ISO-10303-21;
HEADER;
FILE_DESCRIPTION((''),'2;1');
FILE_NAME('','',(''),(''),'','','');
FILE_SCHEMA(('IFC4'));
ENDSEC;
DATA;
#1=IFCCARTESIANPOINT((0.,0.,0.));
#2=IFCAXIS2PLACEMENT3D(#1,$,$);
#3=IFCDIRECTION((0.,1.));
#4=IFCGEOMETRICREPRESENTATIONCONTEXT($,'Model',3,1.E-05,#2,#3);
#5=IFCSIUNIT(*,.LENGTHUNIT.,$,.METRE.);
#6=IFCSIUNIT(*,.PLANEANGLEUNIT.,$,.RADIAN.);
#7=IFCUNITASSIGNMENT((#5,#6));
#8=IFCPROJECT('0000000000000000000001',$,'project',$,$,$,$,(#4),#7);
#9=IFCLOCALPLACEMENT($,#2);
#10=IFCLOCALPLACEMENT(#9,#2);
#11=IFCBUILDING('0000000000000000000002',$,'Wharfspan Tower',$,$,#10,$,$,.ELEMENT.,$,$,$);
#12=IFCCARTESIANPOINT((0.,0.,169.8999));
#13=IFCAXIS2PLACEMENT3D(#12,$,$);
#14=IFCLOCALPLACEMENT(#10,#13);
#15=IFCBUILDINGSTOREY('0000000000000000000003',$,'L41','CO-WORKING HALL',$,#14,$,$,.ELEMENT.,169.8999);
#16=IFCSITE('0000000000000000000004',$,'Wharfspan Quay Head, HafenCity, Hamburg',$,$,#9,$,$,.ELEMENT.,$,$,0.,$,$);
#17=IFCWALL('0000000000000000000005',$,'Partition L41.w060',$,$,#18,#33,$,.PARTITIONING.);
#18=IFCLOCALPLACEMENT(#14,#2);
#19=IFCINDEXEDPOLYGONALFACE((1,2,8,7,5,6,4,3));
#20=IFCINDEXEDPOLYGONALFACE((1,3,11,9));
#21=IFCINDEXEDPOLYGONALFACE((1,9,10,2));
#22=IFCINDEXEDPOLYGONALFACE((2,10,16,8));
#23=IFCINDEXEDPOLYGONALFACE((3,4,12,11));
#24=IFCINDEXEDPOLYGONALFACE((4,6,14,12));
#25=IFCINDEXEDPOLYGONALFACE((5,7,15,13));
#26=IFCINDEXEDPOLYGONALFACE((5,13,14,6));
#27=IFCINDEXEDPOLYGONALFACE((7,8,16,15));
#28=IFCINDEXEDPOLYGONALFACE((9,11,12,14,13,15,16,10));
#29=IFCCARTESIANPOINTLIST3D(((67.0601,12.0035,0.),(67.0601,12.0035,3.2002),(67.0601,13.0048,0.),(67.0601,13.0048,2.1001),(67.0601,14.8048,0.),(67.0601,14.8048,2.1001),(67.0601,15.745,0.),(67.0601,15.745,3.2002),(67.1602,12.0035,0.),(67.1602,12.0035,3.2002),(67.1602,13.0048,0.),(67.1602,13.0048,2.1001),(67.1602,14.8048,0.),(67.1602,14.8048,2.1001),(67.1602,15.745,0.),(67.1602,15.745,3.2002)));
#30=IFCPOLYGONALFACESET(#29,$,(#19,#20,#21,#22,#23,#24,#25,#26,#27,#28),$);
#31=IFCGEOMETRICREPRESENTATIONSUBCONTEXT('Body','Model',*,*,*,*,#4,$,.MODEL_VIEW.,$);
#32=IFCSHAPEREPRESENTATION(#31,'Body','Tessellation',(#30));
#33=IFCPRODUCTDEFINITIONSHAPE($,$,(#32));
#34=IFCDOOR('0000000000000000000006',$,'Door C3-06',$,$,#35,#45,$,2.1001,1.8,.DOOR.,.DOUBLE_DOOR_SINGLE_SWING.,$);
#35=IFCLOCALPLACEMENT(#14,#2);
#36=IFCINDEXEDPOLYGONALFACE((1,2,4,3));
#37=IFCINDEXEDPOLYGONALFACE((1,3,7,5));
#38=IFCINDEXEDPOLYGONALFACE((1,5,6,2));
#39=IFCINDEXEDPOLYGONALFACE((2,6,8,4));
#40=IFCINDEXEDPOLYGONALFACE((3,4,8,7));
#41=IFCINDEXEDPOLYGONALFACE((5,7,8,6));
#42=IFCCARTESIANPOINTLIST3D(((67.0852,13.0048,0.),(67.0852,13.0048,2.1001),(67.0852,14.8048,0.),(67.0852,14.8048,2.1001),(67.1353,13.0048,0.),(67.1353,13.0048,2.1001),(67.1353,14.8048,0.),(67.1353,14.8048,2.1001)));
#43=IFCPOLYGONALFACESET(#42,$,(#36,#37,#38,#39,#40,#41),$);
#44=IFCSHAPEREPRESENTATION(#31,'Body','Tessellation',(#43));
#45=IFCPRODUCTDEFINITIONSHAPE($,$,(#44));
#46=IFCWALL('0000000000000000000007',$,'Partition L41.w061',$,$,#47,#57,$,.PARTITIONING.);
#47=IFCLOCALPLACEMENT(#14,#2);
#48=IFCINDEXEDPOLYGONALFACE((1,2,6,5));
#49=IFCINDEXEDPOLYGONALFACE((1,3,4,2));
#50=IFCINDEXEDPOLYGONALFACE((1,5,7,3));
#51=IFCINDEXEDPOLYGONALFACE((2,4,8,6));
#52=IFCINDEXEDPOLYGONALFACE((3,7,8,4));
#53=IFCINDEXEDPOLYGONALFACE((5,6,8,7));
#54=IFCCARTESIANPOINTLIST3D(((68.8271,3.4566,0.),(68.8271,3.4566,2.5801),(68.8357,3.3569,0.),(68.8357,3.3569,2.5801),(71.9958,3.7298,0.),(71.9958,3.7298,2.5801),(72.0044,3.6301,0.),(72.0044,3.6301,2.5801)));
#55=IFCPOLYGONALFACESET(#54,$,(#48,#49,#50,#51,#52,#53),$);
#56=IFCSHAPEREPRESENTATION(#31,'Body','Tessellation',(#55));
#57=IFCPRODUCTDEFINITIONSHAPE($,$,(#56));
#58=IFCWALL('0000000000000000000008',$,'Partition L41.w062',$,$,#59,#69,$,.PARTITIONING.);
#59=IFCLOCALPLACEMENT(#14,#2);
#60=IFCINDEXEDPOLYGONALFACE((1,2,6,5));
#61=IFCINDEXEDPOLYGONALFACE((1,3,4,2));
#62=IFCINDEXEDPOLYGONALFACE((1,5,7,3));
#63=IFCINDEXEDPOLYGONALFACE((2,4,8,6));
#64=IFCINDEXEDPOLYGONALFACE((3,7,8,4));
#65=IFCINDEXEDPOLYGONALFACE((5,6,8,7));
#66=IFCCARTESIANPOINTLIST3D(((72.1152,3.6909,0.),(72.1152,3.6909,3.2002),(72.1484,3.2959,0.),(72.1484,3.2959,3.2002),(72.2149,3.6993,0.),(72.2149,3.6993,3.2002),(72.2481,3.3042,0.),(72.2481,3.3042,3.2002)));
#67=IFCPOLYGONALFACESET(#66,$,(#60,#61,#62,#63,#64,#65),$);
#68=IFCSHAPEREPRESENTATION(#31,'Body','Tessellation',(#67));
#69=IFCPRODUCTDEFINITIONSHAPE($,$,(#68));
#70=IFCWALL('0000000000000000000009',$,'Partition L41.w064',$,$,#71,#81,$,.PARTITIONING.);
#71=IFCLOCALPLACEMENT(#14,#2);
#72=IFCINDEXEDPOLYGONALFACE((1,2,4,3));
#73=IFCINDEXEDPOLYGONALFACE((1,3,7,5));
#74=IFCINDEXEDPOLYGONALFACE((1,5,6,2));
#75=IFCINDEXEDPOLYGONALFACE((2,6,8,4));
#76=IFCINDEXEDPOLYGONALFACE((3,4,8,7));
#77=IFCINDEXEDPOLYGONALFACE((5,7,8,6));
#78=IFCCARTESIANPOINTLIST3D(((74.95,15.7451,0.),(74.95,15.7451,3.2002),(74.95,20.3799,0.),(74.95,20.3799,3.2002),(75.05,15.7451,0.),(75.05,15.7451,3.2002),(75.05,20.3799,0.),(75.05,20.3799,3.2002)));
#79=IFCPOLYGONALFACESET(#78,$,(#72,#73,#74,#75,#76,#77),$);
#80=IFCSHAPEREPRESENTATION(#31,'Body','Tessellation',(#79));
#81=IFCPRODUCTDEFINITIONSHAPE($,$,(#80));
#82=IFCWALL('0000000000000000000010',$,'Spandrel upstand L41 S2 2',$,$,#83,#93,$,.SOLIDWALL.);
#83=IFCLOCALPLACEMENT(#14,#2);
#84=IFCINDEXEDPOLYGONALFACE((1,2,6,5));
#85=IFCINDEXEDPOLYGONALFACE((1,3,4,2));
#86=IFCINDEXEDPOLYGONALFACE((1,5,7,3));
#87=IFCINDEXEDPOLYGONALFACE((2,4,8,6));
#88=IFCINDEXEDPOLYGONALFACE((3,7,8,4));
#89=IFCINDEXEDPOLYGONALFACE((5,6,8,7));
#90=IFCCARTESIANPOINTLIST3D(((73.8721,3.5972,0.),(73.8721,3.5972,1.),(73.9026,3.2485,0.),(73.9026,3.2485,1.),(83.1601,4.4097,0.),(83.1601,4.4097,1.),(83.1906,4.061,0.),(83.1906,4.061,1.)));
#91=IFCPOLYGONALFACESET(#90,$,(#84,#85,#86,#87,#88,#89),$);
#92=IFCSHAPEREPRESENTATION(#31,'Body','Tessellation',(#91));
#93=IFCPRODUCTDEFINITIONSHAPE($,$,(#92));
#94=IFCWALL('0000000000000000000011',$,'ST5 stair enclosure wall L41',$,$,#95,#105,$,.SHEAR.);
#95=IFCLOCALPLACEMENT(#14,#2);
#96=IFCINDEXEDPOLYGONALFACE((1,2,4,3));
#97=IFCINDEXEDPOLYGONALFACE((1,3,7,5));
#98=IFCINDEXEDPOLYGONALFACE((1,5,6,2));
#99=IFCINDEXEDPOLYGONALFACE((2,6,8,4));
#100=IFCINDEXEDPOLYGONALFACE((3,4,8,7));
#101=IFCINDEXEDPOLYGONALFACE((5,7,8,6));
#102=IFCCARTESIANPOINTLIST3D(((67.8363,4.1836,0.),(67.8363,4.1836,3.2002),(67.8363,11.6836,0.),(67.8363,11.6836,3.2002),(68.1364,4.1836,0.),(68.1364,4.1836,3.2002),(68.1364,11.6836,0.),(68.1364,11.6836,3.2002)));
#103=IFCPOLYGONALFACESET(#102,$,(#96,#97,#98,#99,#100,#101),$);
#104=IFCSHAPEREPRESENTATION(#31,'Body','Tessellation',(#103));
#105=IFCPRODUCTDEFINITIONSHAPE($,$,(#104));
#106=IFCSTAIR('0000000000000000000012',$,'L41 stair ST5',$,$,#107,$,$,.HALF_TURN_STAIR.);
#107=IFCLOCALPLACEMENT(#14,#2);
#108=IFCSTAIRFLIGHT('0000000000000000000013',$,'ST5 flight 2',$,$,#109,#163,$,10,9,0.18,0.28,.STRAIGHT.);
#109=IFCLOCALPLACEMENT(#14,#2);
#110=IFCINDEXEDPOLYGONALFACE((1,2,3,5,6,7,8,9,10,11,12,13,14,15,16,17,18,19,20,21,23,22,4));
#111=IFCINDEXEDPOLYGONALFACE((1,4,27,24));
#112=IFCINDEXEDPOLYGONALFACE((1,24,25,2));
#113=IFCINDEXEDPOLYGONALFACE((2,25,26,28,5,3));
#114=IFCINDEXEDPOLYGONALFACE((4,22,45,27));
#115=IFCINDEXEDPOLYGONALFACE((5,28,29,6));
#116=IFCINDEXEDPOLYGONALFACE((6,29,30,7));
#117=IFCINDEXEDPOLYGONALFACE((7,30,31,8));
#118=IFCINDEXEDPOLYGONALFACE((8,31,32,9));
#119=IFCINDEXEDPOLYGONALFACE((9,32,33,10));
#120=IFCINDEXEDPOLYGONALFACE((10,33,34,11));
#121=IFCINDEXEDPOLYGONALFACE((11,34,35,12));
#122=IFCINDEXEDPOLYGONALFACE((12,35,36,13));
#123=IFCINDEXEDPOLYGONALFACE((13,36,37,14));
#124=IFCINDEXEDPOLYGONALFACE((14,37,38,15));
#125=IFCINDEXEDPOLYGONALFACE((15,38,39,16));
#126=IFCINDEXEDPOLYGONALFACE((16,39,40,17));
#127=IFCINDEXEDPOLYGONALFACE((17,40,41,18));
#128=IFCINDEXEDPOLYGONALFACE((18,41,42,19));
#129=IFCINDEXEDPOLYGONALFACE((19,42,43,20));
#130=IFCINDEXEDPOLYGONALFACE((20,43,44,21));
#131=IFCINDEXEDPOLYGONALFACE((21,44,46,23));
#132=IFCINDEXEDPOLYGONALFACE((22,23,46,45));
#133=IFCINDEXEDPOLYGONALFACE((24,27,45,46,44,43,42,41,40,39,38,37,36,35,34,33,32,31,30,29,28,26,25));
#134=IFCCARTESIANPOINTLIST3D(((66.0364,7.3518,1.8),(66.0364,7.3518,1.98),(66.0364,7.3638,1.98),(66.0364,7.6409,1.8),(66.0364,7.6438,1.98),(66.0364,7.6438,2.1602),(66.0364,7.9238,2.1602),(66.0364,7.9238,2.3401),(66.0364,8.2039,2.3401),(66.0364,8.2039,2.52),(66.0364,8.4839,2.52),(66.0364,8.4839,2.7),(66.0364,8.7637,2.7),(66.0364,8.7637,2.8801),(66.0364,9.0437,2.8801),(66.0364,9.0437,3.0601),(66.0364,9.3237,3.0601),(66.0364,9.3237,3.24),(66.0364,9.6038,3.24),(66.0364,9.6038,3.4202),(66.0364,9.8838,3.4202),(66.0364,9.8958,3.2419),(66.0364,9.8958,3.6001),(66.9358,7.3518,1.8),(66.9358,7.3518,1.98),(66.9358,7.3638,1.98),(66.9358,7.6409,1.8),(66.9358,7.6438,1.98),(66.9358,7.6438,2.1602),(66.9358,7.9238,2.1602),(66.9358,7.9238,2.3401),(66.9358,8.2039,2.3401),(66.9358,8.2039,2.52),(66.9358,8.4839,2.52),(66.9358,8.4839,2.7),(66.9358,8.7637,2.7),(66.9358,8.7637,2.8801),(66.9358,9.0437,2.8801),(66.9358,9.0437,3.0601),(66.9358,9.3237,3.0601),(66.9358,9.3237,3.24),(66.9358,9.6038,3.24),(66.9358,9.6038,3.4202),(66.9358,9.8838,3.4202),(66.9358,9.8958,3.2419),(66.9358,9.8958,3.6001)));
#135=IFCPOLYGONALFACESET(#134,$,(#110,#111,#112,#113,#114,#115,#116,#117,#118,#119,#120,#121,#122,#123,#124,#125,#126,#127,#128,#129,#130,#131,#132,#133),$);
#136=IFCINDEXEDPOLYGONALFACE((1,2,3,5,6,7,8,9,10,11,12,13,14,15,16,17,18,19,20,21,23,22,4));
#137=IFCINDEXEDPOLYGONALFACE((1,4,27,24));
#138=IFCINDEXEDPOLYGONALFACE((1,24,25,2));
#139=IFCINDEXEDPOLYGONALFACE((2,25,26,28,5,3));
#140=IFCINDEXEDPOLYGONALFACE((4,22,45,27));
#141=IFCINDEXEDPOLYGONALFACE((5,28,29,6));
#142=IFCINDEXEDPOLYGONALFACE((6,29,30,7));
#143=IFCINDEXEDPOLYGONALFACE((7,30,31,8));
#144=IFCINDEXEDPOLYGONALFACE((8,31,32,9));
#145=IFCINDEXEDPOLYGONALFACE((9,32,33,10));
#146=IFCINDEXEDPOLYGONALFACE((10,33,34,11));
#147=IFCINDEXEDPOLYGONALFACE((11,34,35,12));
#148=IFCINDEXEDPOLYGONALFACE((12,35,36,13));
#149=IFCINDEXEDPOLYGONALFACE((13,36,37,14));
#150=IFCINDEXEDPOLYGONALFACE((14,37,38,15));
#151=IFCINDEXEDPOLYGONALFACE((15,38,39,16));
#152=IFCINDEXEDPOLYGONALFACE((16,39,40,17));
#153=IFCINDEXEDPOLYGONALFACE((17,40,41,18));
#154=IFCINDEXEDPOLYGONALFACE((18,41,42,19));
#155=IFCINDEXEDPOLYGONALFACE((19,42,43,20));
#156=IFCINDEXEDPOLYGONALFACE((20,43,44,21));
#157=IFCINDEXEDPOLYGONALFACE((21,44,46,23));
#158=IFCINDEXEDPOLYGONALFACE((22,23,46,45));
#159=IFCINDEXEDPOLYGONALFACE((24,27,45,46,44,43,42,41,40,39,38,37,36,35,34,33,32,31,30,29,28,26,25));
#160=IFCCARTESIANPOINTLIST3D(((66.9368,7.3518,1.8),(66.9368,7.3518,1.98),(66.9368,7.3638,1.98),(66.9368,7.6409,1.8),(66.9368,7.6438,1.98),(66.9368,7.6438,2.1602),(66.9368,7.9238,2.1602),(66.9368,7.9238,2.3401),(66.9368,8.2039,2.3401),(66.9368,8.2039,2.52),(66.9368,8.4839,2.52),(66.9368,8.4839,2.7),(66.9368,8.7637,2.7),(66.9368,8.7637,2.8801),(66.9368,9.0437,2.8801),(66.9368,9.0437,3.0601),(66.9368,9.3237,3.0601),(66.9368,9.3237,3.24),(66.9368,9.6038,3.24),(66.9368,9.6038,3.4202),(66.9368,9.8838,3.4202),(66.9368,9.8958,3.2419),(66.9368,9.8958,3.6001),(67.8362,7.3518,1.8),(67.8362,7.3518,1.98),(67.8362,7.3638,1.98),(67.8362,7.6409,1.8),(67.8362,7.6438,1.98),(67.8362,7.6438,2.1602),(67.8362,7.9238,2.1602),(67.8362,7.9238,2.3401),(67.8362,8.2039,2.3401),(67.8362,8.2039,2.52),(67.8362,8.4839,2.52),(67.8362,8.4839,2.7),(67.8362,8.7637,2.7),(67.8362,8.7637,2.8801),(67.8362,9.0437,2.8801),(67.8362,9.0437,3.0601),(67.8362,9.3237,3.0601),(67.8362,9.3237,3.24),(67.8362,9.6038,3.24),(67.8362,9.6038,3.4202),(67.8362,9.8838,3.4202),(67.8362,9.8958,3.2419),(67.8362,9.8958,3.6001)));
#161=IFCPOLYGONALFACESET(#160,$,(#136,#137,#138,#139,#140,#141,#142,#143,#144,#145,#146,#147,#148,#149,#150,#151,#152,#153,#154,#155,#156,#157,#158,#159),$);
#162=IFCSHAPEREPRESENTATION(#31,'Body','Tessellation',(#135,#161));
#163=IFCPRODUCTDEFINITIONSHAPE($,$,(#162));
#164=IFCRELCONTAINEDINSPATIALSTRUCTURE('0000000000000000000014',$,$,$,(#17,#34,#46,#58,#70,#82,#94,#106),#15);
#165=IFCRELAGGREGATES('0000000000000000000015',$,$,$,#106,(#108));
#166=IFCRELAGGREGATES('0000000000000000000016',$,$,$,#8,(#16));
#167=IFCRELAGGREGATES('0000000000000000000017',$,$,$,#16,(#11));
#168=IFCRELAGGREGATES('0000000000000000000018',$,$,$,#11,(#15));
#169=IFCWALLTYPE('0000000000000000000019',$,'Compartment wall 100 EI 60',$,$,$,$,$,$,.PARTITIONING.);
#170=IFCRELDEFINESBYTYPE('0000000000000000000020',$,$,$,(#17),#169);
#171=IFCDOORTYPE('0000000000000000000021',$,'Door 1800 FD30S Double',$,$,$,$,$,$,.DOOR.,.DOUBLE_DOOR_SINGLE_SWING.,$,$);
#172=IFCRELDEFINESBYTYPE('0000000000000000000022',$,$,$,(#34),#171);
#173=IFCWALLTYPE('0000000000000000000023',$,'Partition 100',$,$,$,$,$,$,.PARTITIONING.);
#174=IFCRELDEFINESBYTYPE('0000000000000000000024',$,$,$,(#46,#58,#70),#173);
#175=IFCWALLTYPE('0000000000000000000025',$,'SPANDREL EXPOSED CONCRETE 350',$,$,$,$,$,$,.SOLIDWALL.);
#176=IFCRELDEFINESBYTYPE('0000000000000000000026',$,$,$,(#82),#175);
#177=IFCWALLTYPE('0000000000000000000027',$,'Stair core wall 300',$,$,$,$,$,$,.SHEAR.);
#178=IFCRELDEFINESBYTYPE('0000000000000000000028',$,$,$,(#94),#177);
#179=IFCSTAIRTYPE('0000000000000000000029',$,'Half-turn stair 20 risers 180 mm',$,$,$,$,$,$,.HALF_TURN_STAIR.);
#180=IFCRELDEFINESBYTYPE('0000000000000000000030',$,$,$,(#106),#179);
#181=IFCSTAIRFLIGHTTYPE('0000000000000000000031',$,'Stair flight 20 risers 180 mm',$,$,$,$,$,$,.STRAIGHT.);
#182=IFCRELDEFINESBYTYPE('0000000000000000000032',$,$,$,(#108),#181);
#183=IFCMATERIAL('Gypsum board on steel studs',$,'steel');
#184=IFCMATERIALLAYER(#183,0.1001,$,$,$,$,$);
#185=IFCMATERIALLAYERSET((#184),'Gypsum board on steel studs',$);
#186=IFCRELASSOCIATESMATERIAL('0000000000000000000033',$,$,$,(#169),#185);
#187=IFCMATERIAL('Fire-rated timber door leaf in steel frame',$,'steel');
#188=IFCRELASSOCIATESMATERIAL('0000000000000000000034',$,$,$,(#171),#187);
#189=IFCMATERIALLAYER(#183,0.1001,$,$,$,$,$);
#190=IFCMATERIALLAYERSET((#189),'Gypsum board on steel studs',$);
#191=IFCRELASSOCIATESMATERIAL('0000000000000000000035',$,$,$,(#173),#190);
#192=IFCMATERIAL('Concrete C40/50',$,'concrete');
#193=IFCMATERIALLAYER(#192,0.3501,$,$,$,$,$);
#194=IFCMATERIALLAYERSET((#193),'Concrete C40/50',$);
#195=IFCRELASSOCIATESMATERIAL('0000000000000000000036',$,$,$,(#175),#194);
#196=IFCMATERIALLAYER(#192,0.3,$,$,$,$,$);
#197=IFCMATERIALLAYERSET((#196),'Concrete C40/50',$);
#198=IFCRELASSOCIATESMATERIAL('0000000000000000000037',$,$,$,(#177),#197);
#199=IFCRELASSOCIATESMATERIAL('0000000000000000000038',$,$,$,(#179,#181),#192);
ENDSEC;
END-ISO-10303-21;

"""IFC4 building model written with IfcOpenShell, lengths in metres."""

from ifc_helpers import new_model, si_unit, direction, frame, frame_2d, origin, place, context, subcontext, project, spatial, polyline, rectangle, outline, extrude, material, layer, layer_set, type_object, element, fill, aggregate, save


model = new_model("IFC4")

# Units and contexts
model_context = context("Model", 3, precision=1e-05, world=origin(), true_north=direction((0.0, 1.0)))
body_context = subcontext(model_context, "Body", "Model", "MODEL_VIEW")
ifc_project = project(units=[si_unit("LENGTHUNIT", "METRE"), si_unit("PLANEANGLEUNIT", "RADIAN")], contexts=[model_context])

# Site, building, storey
site_placement = place(None, origin())
site = spatial("IfcSite", under=ifc_project, at=site_placement, Name="Wharfspan Quay Head, HafenCity, Hamburg", CompositionType="ELEMENT", RefElevation=0.0)
building_placement = place(site_placement, origin())
building = spatial("IfcBuilding", under=site, at=building_placement, Name="Wharfspan Tower", CompositionType="ELEMENT")
storey_placement = place(building_placement, frame((0.0, 0.0, 169.8999)))
storey = spatial("IfcBuildingStorey", under=building, at=storey_placement, Name="L41", Description="CO-WORKING HALL", CompositionType="ELEMENT", Elevation=169.8999)

# Shared definitions
ifc_material_1 = material(Name="Gypsum board on steel studs", Category="steel")
ifc_layer_1 = layer(ifc_material_1, 0.1001)
ifc_layer_set_1 = layer_set([ifc_layer_1], Name="Gypsum board on steel studs")
wall_type_1 = type_object("IfcWallType", Name="Compartment wall 100 EI 60", PredefinedType="PARTITIONING", material=ifc_layer_set_1)
ifc_material_2 = material(Name="Fire-rated timber door leaf in steel frame", Category="steel")

# Wall, opening, door
wall_1_placement = place(storey_placement, frame((67.1101, 12.0037, 0.0), z_axis=(0.0, 0.0, 1.0), x_axis=(0.0, 1.0, 0.0)))
wall_1 = element("IfcWall", 1, at=wall_1_placement, inside=storey, type_object=wall_type_1, Name="Partition L41.w060", PredefinedType="PARTITIONING", context=body_context, shape_type="SweptSolid", body=[
    extrude(rectangle(XDim=3.7415, YDim=0.1001, at=frame_2d((1.8706, 0.0))), origin(), (0.0, 0.0, 1.0), 3.2002),
])
opening_1_placement = place(wall_1_placement, frame((1.0012, 0.0, 0.0)))
opening_1 = element("IfcOpeningElement", 2, at=opening_1_placement, cuts=wall_1, PredefinedType="OPENING", context=body_context, shape_type="SweptSolid", body=[
    extrude(rectangle(XDim=1.8, YDim=2.1001, at=frame_2d((0.8999, 1.05))), frame((0.0, 0.0601, 0.0), z_axis=(0.0, -1.0, 0.0), x_axis=(1.0, 0.0, 0.0)), (0.0, 0.0, 1.0), 0.1201),
])
door_type_1 = type_object("IfcDoorType", Name="Door 1800 FD30S Double", OperationType="DOUBLE_DOOR_SINGLE_SWING", PredefinedType="DOOR", material=ifc_material_2)
door_1_placement = place(opening_1_placement, origin())
door_1 = element("IfcDoor", 3, at=door_1_placement, inside=storey, type_object=door_type_1, Name="Door C3-06", OperationType="DOUBLE_DOOR_SINGLE_SWING", OverallHeight=2.1001, OverallWidth=1.8, PredefinedType="DOOR", context=body_context, shape_type="SweptSolid", body=[
    extrude(rectangle(XDim=1.8, YDim=2.1001, at=frame_2d((0.8999, 1.05))), frame((0.0, 0.0249, 0.0), z_axis=(0.0, -1.0, 0.0), x_axis=(1.0, 0.0, 0.0)), (0.0, 0.0, 1.0), 0.05),
])
fill(opening_1, door_1)

# Walls
ifc_layer_2 = layer(ifc_material_1, 0.1001)
ifc_layer_set_2 = layer_set([ifc_layer_2], Name="Gypsum board on steel studs")
wall_type_2 = type_object("IfcWallType", Name="Partition 100", PredefinedType="PARTITIONING", material=ifc_layer_set_2)
wall_2_placement = place(storey_placement, frame((68.8313, 3.4067, 0.0), z_axis=(0.0, 0.0, 1.0), x_axis=(0.996308, 0.085898, 0.0)))
element("IfcWall", 4, at=wall_2_placement, inside=storey, type_object=wall_type_2, Name="Partition L41.w061", PredefinedType="PARTITIONING", context=body_context, shape_type="SweptSolid", body=[
    extrude(rectangle(XDim=3.1804, YDim=0.1001, at=frame_2d((1.5903, 0.0))), origin(), (0.0, 0.0, 1.0), 2.5801),
])
wall_3_placement = place(storey_placement, frame((72.1982, 3.3, 0.0), z_axis=(0.0, 0.0, 1.0), x_axis=(-0.083759, 0.996486, 0.0)))
element("IfcWall", 5, at=wall_3_placement, inside=storey, type_object=wall_type_2, Name="Partition L41.w062", PredefinedType="PARTITIONING", context=body_context, shape_type="SweptSolid", body=[
    extrude(rectangle(XDim=0.3965, YDim=0.1001, at=frame_2d((0.1982, 0.0))), origin(), (0.0, 0.0, 1.0), 3.2002),
])
wall_4_placement = place(storey_placement, frame((75.0, 15.7451, 0.0), z_axis=(0.0, 0.0, 1.0), x_axis=(0.0, 1.0, 0.0)))
element("IfcWall", 6, at=wall_4_placement, inside=storey, type_object=wall_type_2, Name="Partition L41.w064", PredefinedType="PARTITIONING", context=body_context, shape_type="SweptSolid", body=[
    extrude(rectangle(XDim=4.6348, YDim=0.1001, at=frame_2d((2.3174, 0.0))), origin(), (0.0, 0.0, 1.0), 3.2002),
])
ifc_material_3 = material(Name="Concrete C40/50", Category="concrete")
ifc_layer_3 = layer(ifc_material_3, 0.3501)
ifc_layer_set_3 = layer_set([ifc_layer_3], Name="Concrete C40/50")
wall_type_3 = type_object("IfcWallType", Name="SPANDREL EXPOSED CONCRETE 350", PredefinedType="SOLIDWALL", material=ifc_layer_set_3)
wall_5_placement = place(storey_placement, frame((73.8875, 3.4229, 0.0), z_axis=(0.0, 0.0, 1.0), x_axis=(0.996197, 0.087145, 0.0)))
element("IfcWall", 7, at=wall_5_placement, inside=storey, type_object=wall_type_3, Name="Spandrel upstand L41 S2 2", PredefinedType="SOLIDWALL", context=body_context, shape_type="SweptSolid", body=[
    extrude(rectangle(XDim=9.3235, YDim=0.3501, at=frame_2d((4.6616, 0.0))), origin(), (0.0, 0.0, 1.0), 1.0),
])
ifc_layer_4 = layer(ifc_material_3, 0.3)
ifc_layer_set_4 = layer_set([ifc_layer_4], Name="Concrete C40/50")
wall_type_4 = type_object("IfcWallType", Name="Stair core wall 300", PredefinedType="SHEAR", material=ifc_layer_set_4)
wall_6_placement = place(storey_placement, frame((67.9863, 4.1836, 0.0), z_axis=(0.0, 0.0, 1.0), x_axis=(0.0, 1.0, 0.0)))
element("IfcWall", 8, at=wall_6_placement, inside=storey, type_object=wall_type_4, Name="ST5 stair enclosure wall L41", PredefinedType="SHEAR", context=body_context, shape_type="SweptSolid", body=[
    extrude(rectangle(XDim=7.5, YDim=0.3, at=frame_2d((3.75, 0.0))), origin(), (0.0, 0.0, 1.0), 3.2002),
])

# Stair, stair flight
stair_type = type_object("IfcStairType", Name="Half-turn stair 20 risers 180 mm", PredefinedType="HALF_TURN_STAIR", material=ifc_material_3)
stair_placement = place(storey_placement, origin())
stair = element("IfcStair", 9, at=stair_placement, inside=storey, type_object=stair_type, Name="L41 stair ST5", PredefinedType="HALF_TURN_STAIR")
stair_flight_type = type_object("IfcStairFlightType", Name="Stair flight 20 risers 180 mm", PredefinedType="STRAIGHT", material=ifc_material_3)
stair_flight_placement = place(storey_placement, frame((66.9363, 7.3638, 1.8), z_axis=(0.0, 0.0, 1.0), x_axis=(0.0, 1.0, 0.0)))
stair_flight = element("IfcStairFlight", 10, at=stair_flight_placement, type_object=stair_flight_type, Name="ST5 flight 2", NumberOfRisers=10, NumberOfTreads=9, PredefinedType="STRAIGHT", RiserHeight=0.18, TreadLength=0.28, context=body_context, shape_type="SweptSolid", body=[
    extrude(outline(polyline([(-0.012, 0.0), (-0.012, 0.1799), (0.0, 0.1799), (0.28, 0.1799), (0.28, 0.3601), (0.5601, 0.3601), (0.5601, 0.54), (0.8401, 0.54), (0.8401, 0.72), (1.1201, 0.72), (1.1201, 0.8999), (1.3999, 0.8999), (1.3999, 1.0801), (1.6799, 1.0801), (1.6799, 1.26), (1.96, 1.26), (1.96, 1.4399), (2.24, 1.4399), (2.24, 1.6201), (2.52, 1.6201), (2.532, 1.8), (2.532, 1.4419), (0.2771, 0.0), (-0.012, 0.0)])), frame((0.0, 0.8999, 0.0), z_axis=(0.0, -1.0, 0.0), x_axis=(1.0, 0.0, 0.0)), (0.0, 0.0, 1.0), 0.8994),
    extrude(outline(polyline([(-0.012, 0.0), (-0.012, 0.1799), (0.0, 0.1799), (0.28, 0.1799), (0.28, 0.3601), (0.5601, 0.3601), (0.5601, 0.54), (0.8401, 0.54), (0.8401, 0.72), (1.1201, 0.72), (1.1201, 0.8999), (1.3999, 0.8999), (1.3999, 1.0801), (1.6799, 1.0801), (1.6799, 1.26), (1.96, 1.26), (1.96, 1.4399), (2.24, 1.4399), (2.24, 1.6201), (2.52, 1.6201), (2.532, 1.8), (2.532, 1.4419), (0.2771, 0.0), (-0.012, 0.0)])), frame((0.0, -0.0005, 0.0), z_axis=(0.0, -1.0, 0.0), x_axis=(1.0, 0.0, 0.0)), (0.0, 0.0, 1.0), 0.8994),
])
aggregate(stair, [stair_flight])

save(model, "model.ifc")
